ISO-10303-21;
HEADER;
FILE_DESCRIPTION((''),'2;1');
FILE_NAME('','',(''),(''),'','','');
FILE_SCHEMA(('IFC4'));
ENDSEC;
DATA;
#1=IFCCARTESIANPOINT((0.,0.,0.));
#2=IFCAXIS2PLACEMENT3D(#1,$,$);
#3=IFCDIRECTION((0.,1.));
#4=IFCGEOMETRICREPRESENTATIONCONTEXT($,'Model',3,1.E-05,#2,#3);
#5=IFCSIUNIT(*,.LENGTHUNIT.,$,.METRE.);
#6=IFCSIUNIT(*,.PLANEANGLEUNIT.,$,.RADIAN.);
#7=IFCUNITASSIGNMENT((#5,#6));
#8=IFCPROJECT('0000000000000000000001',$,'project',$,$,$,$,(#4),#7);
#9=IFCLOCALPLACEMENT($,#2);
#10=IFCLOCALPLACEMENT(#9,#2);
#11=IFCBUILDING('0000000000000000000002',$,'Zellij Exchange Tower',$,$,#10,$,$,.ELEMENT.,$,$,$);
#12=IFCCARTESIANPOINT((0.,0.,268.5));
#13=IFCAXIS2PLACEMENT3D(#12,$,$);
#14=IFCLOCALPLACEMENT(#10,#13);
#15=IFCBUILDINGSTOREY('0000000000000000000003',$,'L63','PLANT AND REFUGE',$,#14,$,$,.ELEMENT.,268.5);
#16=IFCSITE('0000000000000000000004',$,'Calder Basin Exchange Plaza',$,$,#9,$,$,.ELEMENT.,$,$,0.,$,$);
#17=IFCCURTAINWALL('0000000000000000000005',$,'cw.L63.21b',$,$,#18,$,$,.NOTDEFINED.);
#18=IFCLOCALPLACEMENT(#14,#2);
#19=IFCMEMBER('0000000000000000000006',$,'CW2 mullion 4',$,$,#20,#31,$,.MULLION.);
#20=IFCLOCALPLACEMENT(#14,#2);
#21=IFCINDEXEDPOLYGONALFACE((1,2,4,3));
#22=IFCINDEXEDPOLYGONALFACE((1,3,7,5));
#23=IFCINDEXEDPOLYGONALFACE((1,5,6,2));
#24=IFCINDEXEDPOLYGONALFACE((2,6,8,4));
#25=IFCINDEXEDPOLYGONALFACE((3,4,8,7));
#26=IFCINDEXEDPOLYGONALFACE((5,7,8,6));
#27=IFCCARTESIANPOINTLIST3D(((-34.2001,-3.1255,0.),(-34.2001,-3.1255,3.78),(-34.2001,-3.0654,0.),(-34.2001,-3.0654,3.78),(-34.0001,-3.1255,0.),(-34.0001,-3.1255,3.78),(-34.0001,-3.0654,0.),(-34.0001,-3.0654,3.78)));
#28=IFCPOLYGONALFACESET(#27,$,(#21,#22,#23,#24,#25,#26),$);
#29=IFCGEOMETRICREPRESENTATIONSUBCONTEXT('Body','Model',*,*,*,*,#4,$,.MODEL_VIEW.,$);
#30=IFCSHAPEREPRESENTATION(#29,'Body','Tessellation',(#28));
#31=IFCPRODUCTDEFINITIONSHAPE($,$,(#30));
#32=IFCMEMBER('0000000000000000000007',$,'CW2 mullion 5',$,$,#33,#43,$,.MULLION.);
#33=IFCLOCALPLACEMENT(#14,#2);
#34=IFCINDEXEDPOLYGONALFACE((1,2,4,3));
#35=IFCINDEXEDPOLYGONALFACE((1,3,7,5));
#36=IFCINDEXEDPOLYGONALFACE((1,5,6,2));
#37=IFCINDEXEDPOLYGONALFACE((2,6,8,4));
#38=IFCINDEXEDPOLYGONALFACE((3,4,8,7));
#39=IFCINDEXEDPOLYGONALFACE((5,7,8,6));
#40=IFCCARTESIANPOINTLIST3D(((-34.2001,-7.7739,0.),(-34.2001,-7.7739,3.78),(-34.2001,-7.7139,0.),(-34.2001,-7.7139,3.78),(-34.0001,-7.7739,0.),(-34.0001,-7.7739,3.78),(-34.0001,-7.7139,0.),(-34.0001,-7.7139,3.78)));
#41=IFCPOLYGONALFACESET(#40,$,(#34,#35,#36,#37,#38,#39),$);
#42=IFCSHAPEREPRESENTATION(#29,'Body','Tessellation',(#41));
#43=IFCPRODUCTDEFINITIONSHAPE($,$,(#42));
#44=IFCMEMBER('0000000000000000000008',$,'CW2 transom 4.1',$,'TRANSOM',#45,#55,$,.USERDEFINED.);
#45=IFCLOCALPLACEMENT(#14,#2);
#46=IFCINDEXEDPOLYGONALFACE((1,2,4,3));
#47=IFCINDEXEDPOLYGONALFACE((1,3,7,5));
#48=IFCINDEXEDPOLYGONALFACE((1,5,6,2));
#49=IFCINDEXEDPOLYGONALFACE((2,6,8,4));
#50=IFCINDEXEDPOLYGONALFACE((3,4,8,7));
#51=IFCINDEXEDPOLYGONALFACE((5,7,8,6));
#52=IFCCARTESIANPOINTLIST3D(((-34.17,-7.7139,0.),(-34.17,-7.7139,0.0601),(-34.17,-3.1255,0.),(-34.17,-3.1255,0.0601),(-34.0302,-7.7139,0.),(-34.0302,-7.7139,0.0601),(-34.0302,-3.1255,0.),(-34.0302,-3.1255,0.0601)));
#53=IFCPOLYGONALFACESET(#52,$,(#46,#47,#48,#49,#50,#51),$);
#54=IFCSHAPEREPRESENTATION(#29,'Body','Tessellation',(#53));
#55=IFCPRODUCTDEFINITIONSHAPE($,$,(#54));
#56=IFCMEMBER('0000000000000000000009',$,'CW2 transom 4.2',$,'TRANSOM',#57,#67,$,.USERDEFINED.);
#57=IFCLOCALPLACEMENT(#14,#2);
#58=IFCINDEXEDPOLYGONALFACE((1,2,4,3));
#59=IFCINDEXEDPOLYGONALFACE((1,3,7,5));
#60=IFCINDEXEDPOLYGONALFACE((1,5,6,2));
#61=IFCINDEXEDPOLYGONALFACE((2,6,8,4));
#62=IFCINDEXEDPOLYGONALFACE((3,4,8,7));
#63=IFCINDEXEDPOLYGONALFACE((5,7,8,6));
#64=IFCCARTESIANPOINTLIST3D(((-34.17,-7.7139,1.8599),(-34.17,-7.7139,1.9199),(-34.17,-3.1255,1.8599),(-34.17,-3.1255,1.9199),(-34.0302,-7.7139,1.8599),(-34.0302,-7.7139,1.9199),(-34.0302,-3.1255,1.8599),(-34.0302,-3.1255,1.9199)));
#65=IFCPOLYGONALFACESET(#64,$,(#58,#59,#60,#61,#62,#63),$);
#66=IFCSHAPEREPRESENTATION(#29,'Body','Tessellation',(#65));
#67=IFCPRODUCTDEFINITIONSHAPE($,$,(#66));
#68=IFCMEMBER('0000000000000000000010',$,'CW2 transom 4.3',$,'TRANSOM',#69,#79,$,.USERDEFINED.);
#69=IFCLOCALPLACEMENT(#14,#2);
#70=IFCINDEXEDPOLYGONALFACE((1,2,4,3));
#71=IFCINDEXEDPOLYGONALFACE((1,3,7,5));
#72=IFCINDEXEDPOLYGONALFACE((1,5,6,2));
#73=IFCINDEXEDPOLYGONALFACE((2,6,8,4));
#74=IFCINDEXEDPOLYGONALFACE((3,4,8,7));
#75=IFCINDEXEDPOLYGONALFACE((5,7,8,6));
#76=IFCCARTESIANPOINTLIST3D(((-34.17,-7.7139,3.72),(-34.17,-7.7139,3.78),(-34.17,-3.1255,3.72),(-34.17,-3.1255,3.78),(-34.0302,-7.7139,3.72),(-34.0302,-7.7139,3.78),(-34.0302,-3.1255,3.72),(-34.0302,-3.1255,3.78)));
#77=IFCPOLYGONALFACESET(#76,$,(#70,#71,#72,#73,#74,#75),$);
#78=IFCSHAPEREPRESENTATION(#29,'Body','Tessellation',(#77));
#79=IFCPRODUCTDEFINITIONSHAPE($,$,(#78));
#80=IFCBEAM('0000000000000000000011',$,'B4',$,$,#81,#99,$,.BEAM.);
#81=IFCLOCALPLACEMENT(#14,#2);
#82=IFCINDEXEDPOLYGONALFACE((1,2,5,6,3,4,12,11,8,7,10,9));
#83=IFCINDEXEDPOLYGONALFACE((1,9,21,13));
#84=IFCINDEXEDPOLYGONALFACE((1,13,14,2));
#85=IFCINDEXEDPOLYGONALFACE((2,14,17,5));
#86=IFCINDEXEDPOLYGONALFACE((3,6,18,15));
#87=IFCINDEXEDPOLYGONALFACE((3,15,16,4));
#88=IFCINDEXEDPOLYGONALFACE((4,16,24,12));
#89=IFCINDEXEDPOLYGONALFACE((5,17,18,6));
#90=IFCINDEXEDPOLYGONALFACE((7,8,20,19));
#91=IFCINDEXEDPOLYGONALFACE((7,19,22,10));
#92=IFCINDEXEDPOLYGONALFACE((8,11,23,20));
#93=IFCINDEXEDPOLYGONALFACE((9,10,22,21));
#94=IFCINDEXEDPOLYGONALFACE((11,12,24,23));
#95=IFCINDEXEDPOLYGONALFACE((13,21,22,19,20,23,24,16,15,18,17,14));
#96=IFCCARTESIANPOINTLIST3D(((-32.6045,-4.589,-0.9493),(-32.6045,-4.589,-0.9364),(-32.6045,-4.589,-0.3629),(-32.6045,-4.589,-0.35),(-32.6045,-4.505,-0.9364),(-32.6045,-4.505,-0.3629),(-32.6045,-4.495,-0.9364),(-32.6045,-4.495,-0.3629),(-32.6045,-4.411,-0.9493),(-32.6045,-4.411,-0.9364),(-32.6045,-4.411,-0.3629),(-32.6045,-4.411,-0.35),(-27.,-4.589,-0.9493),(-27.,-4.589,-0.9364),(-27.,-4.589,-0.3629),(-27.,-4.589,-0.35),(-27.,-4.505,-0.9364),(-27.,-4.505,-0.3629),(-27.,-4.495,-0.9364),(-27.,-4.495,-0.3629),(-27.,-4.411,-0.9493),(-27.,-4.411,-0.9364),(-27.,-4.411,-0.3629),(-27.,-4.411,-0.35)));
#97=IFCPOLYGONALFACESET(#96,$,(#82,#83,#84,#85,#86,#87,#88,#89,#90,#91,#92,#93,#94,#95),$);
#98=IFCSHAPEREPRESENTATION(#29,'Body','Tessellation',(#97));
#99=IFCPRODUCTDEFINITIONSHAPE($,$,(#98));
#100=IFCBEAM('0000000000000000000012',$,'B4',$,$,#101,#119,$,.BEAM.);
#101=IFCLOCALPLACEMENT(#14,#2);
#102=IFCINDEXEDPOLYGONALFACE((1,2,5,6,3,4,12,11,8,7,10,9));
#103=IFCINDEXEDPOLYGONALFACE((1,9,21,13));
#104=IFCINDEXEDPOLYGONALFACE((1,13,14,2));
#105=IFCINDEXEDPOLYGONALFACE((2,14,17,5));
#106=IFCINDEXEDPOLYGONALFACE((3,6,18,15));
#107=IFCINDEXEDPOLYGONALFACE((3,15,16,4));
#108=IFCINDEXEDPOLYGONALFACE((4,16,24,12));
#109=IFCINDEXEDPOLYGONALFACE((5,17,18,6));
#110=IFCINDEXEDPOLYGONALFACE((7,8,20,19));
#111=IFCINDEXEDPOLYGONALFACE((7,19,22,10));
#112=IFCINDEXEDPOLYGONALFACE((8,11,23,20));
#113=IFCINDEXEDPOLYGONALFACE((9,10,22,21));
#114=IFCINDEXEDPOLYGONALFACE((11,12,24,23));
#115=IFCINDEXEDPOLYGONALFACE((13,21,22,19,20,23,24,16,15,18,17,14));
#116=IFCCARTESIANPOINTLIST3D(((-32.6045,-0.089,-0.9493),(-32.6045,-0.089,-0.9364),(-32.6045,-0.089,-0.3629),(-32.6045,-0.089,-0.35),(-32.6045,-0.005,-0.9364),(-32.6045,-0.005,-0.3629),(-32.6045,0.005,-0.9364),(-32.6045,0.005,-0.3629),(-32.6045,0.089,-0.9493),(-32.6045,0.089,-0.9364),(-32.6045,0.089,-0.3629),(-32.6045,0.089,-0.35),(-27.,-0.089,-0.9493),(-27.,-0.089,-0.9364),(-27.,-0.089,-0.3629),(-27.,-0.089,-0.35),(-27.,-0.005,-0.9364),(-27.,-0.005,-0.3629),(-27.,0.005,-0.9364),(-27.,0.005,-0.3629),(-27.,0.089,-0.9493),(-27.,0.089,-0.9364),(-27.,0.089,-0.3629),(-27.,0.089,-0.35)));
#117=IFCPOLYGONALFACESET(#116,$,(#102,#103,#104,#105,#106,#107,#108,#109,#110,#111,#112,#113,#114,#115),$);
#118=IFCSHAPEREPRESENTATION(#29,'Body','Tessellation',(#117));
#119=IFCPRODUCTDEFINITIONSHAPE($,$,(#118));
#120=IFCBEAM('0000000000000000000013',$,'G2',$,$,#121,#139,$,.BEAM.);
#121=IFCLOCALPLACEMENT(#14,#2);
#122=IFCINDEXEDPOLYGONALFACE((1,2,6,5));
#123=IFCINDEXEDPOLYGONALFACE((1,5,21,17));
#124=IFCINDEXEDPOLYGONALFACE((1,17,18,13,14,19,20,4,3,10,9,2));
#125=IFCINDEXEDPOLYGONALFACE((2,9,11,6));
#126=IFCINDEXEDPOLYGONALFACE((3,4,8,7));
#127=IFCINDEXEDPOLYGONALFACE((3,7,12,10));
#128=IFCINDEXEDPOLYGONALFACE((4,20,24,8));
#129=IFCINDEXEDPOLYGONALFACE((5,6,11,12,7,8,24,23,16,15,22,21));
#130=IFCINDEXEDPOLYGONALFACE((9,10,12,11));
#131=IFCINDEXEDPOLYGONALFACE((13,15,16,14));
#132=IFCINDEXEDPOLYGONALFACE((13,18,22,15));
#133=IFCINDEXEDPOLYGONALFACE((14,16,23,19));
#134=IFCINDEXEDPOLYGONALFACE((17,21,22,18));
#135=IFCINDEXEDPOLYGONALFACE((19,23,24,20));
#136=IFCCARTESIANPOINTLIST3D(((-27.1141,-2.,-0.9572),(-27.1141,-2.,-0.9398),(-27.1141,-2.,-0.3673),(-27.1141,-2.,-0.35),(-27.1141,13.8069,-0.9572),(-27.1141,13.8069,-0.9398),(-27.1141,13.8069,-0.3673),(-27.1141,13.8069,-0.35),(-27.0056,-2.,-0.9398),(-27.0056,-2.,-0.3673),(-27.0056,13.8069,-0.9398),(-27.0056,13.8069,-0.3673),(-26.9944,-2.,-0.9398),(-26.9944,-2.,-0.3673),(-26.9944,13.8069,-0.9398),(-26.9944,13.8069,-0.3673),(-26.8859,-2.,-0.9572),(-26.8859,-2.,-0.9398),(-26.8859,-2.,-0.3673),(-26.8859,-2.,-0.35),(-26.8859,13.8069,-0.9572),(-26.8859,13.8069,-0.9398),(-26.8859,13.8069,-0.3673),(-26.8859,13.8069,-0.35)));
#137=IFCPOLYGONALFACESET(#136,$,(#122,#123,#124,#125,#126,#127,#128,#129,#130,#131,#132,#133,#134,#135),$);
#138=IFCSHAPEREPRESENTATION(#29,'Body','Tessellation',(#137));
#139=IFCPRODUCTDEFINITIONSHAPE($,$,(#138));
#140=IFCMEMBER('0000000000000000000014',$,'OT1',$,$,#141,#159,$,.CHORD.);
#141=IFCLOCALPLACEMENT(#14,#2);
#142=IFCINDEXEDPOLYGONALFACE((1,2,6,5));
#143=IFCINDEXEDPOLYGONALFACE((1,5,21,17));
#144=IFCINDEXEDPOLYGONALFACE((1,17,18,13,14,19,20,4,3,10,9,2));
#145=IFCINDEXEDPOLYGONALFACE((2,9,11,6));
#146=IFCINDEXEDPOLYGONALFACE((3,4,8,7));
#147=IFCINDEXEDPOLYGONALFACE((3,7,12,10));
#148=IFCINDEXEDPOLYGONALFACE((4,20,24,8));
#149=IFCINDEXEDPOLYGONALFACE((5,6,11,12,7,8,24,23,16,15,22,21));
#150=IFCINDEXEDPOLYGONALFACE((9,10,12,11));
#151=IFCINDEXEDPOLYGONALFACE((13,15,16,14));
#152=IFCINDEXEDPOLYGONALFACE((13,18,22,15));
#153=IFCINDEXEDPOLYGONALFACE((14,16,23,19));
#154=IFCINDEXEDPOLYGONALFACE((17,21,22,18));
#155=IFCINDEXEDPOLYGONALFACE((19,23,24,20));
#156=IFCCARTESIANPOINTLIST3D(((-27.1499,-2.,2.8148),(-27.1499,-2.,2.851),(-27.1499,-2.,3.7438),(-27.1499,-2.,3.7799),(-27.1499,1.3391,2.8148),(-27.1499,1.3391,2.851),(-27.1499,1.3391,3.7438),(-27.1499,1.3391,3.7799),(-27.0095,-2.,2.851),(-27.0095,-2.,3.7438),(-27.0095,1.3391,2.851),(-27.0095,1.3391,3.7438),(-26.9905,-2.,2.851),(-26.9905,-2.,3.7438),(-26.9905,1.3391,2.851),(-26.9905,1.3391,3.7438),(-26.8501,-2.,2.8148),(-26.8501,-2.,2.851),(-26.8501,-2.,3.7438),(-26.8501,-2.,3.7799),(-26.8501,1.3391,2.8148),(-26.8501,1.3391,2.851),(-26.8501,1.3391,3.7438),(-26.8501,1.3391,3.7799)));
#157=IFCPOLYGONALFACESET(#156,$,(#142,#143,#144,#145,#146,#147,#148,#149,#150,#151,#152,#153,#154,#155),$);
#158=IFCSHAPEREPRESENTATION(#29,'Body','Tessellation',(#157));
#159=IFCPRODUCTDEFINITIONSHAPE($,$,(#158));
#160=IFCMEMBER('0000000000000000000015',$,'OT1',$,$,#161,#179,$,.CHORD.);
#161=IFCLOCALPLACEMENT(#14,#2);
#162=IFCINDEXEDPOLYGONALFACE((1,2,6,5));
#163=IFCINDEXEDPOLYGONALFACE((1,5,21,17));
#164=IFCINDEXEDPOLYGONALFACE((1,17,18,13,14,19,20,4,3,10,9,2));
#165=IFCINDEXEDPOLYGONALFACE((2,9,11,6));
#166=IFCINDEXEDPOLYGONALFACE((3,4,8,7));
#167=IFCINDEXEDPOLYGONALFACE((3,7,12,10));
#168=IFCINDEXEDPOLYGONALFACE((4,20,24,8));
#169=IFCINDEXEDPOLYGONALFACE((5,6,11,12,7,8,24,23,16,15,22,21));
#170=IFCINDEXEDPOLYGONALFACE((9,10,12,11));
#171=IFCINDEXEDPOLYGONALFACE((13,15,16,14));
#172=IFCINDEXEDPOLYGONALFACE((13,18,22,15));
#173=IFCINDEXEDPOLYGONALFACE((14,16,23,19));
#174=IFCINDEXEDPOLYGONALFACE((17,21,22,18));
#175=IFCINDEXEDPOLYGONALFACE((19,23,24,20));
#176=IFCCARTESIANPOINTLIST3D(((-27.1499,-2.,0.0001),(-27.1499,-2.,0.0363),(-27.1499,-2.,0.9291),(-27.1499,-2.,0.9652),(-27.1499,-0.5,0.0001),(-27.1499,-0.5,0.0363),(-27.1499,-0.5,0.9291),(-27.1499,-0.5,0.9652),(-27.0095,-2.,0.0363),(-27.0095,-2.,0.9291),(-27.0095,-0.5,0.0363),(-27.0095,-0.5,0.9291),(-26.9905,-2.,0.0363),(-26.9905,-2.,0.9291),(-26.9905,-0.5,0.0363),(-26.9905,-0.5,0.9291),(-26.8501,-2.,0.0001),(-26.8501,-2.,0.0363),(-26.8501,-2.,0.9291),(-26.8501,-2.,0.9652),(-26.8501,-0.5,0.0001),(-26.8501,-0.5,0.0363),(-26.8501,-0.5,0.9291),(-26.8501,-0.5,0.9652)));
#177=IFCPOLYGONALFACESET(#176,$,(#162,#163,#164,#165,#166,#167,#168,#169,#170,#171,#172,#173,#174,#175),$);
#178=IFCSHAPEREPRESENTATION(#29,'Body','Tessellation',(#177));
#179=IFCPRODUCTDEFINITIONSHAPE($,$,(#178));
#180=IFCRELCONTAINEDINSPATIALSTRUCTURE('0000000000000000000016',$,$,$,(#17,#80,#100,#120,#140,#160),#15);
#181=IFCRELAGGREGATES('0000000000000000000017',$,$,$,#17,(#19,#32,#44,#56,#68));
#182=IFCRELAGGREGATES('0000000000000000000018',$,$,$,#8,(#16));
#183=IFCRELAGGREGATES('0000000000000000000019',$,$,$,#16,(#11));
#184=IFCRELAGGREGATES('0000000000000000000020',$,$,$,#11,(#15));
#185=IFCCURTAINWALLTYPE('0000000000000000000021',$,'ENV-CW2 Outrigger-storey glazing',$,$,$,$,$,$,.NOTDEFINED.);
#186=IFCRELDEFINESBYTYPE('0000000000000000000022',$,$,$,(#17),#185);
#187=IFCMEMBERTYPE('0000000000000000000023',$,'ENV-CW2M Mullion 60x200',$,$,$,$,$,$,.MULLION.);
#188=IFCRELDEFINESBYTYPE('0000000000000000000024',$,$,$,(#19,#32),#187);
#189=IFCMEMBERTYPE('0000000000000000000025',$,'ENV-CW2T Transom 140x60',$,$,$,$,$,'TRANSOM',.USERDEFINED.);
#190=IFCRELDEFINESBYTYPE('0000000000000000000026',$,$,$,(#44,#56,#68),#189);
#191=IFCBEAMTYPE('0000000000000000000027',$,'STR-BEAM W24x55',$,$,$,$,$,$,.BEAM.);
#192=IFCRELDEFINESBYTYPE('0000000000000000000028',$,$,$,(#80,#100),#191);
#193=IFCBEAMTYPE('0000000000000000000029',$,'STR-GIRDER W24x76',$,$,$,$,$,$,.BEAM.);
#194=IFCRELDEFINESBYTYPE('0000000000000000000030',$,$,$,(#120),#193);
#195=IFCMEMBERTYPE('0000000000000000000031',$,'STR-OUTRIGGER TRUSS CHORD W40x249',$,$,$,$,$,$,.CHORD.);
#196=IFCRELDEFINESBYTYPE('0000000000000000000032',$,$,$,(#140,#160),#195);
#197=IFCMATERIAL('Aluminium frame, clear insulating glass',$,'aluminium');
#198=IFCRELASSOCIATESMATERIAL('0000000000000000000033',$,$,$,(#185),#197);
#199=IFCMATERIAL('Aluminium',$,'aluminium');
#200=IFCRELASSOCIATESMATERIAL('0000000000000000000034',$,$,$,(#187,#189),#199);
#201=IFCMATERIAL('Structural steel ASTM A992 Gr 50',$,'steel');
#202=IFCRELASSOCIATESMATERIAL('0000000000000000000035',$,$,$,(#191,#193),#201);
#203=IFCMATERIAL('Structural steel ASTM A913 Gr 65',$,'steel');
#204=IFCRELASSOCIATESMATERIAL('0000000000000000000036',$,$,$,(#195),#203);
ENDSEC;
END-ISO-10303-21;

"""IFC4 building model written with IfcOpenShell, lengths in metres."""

from ifc_helpers import new_model, si_unit, direction, frame, origin, origin_2d, place, context, subcontext, project, spatial, rectangle, i_section, extrude, material, material_profile, profile_set, type_object, element, aggregate, save


model = new_model("IFC4")

# Units and contexts
model_context = context("Model", 3, precision=1e-05, world=origin(), true_north=direction((0.0, 1.0)))
body_context = subcontext(model_context, "Body", "Model", "MODEL_VIEW")
ifc_project = project(units=[si_unit("LENGTHUNIT", "METRE"), si_unit("PLANEANGLEUNIT", "RADIAN")], contexts=[model_context])

# Site, building, storey
site_placement = place(None, origin())
site = spatial("IfcSite", under=ifc_project, at=site_placement, Name="Calder Basin Exchange Plaza", CompositionType="ELEMENT", RefElevation=0.0)
building_placement = place(site_placement, origin())
building = spatial("IfcBuilding", under=site, at=building_placement, Name="Zellij Exchange Tower", CompositionType="ELEMENT")
storey_placement = place(building_placement, frame((0.0, 0.0, 268.5)))
storey = spatial("IfcBuildingStorey", under=building, at=storey_placement, Name="L63", Description="PLANT AND REFUGE", CompositionType="ELEMENT", Elevation=268.5)

# Curtain wall, members
ifc_material_1 = material(Name="Aluminium frame, clear insulating glass", Category="aluminium")
curtain_wall_type = type_object("IfcCurtainWallType", Name="ENV-CW2 Outrigger-storey glazing", PredefinedType="NOTDEFINED", material=ifc_material_1)
curtain_wall_placement = place(storey_placement, origin())
curtain_wall = element("IfcCurtainWall", 1, at=curtain_wall_placement, inside=storey, type_object=curtain_wall_type, Name="cw.L63.21b", PredefinedType="NOTDEFINED")
ifc_material_2 = material(Name="Aluminium", Category="aluminium")
ifc_material_profile_1 = material_profile(ifc_material_2, rectangle(XDim=0.0601, YDim=0.2, at=origin_2d()), Name="AL 60x200")
ifc_profile_set_1 = profile_set([ifc_material_profile_1], Name="Aluminium")
member_type_1 = type_object("IfcMemberType", Name="ENV-CW2M Mullion 60x200", PredefinedType="MULLION", material=ifc_profile_set_1)
member_1_placement = place(storey_placement, frame((-34.1001, -3.0955, 0.0), z_axis=(0.0, 0.0, 1.0), x_axis=(0.0, -1.0, 0.0)))
member_1 = element("IfcMember", 2, at=member_1_placement, type_object=member_type_1, Name="CW2 mullion 4", PredefinedType="MULLION", context=body_context, shape_type="SweptSolid", body=[
    extrude(rectangle(XDim=0.0601, YDim=0.2, at=origin_2d()), origin(), (0.0, 0.0, 1.0), 3.78),
])
member_2_placement = place(storey_placement, frame((-34.1001, -7.7439, 0.0), z_axis=(0.0, 0.0, 1.0), x_axis=(0.0, -1.0, 0.0)))
member_2 = element("IfcMember", 3, at=member_2_placement, type_object=member_type_1, Name="CW2 mullion 5", PredefinedType="MULLION", context=body_context, shape_type="SweptSolid", body=[
    extrude(rectangle(XDim=0.0601, YDim=0.2, at=origin_2d()), origin(), (0.0, 0.0, 1.0), 3.78),
])
ifc_material_profile_2 = material_profile(ifc_material_2, rectangle(XDim=0.1399, YDim=0.0601, at=origin_2d()), Name="AL 140x60")
ifc_profile_set_2 = profile_set([ifc_material_profile_2], Name="Aluminium")
member_type_2 = type_object("IfcMemberType", Name="ENV-CW2T Transom 140x60", ElementType="TRANSOM", PredefinedType="USERDEFINED", material=ifc_profile_set_2)
member_3_placement = place(storey_placement, frame((-34.1001, -3.1255, 0.03), z_axis=(0.0, -1.0, 0.0), x_axis=(1.0, 0.0, 0.0)))
member_3 = element("IfcMember", 4, at=member_3_placement, type_object=member_type_2, Name="CW2 transom 4.1", ObjectType="TRANSOM", PredefinedType="USERDEFINED", context=body_context, shape_type="SweptSolid", body=[
    extrude(rectangle(XDim=0.1399, YDim=0.0601, at=origin_2d()), origin(), (0.0, 0.0, 1.0), 4.5884),
])
member_4_placement = place(storey_placement, frame((-34.1001, -3.1255, 1.8899), z_axis=(0.0, -1.0, 0.0), x_axis=(1.0, 0.0, 0.0)))
member_4 = element("IfcMember", 5, at=member_4_placement, type_object=member_type_2, Name="CW2 transom 4.2", ObjectType="TRANSOM", PredefinedType="USERDEFINED", context=body_context, shape_type="SweptSolid", body=[
    extrude(rectangle(XDim=0.1399, YDim=0.0601, at=origin_2d()), origin(), (0.0, 0.0, 1.0), 4.5884),
])
member_5_placement = place(storey_placement, frame((-34.1001, -3.1255, 3.75), z_axis=(0.0, -1.0, 0.0), x_axis=(1.0, 0.0, 0.0)))
member_5 = element("IfcMember", 6, at=member_5_placement, type_object=member_type_2, Name="CW2 transom 4.3", ObjectType="TRANSOM", PredefinedType="USERDEFINED", context=body_context, shape_type="SweptSolid", body=[
    extrude(rectangle(XDim=0.1399, YDim=0.0601, at=origin_2d()), origin(), (0.0, 0.0, 1.0), 4.5884),
])

# Beams
ifc_material_3 = material(Name="Structural steel ASTM A992 Gr 50", Category="steel")
ifc_material_profile_3 = material_profile(ifc_material_3, i_section(OverallWidth=0.178, OverallDepth=0.5994, WebThickness=0.01, FlangeThickness=0.0129, at=origin_2d()), Name="W24x55")
ifc_profile_set_3 = profile_set([ifc_material_profile_3], Name="Structural steel ASTM A992 Gr 50")
beam_type_1 = type_object("IfcBeamType", Name="STR-BEAM W24x55", PredefinedType="BEAM", material=ifc_profile_set_3)
for number, where, z_axis, x_axis, name in (
    (7, (-32.6045, -4.5, -0.6497), (1.0, 0.0, 0.0), (0.0, 1.0, 0.0), "B4"),
    (8, (-32.6045, 0.0, -0.6497), (1.0, 0.0, 0.0), (0.0, 1.0, 0.0), "B4"),
):
    element("IfcBeam", number, at=place(storey_placement, frame(where, z_axis=z_axis, x_axis=x_axis)), inside=storey, type_object=beam_type_1, Name=name, PredefinedType="BEAM", context=body_context, shape_type="SweptSolid", body=[
        extrude(i_section(OverallWidth=0.178, OverallDepth=0.5994, WebThickness=0.01, FlangeThickness=0.0129, at=origin_2d()), origin(), (0.0, 0.0, 1.0), 5.6045),
    ])
ifc_material_profile_4 = material_profile(ifc_material_3, i_section(OverallWidth=0.2283, OverallDepth=0.6072, WebThickness=0.0112, FlangeThickness=0.0173, at=origin_2d()), Name="W24x76")
ifc_profile_set_4 = profile_set([ifc_material_profile_4], Name="Structural steel ASTM A992 Gr 50")
beam_type_2 = type_object("IfcBeamType", Name="STR-GIRDER W24x76", PredefinedType="BEAM", material=ifc_profile_set_4)
beam_placement = place(storey_placement, frame((-27.0, -2.0, -0.6536), z_axis=(0.0, 1.0, 0.0), x_axis=(-1.0, 0.0, 0.0)))
element("IfcBeam", 9, at=beam_placement, inside=storey, type_object=beam_type_2, Name="G2", PredefinedType="BEAM", context=body_context, shape_type="SweptSolid", body=[
    extrude(i_section(OverallWidth=0.2283, OverallDepth=0.6072, WebThickness=0.0112, FlangeThickness=0.0173, at=origin_2d()), origin(), (0.0, 0.0, 1.0), 15.8069),
])

# Members
ifc_material_4 = material(Name="Structural steel ASTM A913 Gr 65", Category="steel")
ifc_material_profile_5 = material_profile(ifc_material_4, i_section(OverallWidth=0.2998, OverallDepth=0.9651, WebThickness=0.019, FlangeThickness=0.0361, at=origin_2d()), Name="W40x249")
ifc_profile_set_5 = profile_set([ifc_material_profile_5], Name="Structural steel ASTM A913 Gr 65")
member_type_3 = type_object("IfcMemberType", Name="STR-OUTRIGGER TRUSS CHORD W40x249", PredefinedType="CHORD", material=ifc_profile_set_5)
member_6_placement = place(storey_placement, frame((-27.0, -2.0, 3.2974), z_axis=(0.0, 1.0, 0.0), x_axis=(-1.0, 0.0, 0.0)))
element("IfcMember", 10, at=member_6_placement, inside=storey, type_object=member_type_3, Name="OT1", PredefinedType="CHORD", context=body_context, shape_type="SweptSolid", body=[
    extrude(i_section(OverallWidth=0.2998, OverallDepth=0.9651, WebThickness=0.019, FlangeThickness=0.0361, at=origin_2d()), origin(), (0.0, 0.0, 1.0), 3.3391),
])
member_7_placement = place(storey_placement, frame((-27.0, -2.0, 0.4827), z_axis=(0.0, 1.0, 0.0), x_axis=(-1.0, 0.0, 0.0)))
element("IfcMember", 11, at=member_7_placement, inside=storey, type_object=member_type_3, Name="OT1", PredefinedType="CHORD", context=body_context, shape_type="SweptSolid", body=[
    extrude(i_section(OverallWidth=0.2998, OverallDepth=0.9651, WebThickness=0.019, FlangeThickness=0.0361, at=origin_2d()), origin(), (0.0, 0.0, 1.0), 1.5),
])

aggregate(curtain_wall, [member_1, member_2, member_3, member_4, member_5])

save(model, "model.ifc")
